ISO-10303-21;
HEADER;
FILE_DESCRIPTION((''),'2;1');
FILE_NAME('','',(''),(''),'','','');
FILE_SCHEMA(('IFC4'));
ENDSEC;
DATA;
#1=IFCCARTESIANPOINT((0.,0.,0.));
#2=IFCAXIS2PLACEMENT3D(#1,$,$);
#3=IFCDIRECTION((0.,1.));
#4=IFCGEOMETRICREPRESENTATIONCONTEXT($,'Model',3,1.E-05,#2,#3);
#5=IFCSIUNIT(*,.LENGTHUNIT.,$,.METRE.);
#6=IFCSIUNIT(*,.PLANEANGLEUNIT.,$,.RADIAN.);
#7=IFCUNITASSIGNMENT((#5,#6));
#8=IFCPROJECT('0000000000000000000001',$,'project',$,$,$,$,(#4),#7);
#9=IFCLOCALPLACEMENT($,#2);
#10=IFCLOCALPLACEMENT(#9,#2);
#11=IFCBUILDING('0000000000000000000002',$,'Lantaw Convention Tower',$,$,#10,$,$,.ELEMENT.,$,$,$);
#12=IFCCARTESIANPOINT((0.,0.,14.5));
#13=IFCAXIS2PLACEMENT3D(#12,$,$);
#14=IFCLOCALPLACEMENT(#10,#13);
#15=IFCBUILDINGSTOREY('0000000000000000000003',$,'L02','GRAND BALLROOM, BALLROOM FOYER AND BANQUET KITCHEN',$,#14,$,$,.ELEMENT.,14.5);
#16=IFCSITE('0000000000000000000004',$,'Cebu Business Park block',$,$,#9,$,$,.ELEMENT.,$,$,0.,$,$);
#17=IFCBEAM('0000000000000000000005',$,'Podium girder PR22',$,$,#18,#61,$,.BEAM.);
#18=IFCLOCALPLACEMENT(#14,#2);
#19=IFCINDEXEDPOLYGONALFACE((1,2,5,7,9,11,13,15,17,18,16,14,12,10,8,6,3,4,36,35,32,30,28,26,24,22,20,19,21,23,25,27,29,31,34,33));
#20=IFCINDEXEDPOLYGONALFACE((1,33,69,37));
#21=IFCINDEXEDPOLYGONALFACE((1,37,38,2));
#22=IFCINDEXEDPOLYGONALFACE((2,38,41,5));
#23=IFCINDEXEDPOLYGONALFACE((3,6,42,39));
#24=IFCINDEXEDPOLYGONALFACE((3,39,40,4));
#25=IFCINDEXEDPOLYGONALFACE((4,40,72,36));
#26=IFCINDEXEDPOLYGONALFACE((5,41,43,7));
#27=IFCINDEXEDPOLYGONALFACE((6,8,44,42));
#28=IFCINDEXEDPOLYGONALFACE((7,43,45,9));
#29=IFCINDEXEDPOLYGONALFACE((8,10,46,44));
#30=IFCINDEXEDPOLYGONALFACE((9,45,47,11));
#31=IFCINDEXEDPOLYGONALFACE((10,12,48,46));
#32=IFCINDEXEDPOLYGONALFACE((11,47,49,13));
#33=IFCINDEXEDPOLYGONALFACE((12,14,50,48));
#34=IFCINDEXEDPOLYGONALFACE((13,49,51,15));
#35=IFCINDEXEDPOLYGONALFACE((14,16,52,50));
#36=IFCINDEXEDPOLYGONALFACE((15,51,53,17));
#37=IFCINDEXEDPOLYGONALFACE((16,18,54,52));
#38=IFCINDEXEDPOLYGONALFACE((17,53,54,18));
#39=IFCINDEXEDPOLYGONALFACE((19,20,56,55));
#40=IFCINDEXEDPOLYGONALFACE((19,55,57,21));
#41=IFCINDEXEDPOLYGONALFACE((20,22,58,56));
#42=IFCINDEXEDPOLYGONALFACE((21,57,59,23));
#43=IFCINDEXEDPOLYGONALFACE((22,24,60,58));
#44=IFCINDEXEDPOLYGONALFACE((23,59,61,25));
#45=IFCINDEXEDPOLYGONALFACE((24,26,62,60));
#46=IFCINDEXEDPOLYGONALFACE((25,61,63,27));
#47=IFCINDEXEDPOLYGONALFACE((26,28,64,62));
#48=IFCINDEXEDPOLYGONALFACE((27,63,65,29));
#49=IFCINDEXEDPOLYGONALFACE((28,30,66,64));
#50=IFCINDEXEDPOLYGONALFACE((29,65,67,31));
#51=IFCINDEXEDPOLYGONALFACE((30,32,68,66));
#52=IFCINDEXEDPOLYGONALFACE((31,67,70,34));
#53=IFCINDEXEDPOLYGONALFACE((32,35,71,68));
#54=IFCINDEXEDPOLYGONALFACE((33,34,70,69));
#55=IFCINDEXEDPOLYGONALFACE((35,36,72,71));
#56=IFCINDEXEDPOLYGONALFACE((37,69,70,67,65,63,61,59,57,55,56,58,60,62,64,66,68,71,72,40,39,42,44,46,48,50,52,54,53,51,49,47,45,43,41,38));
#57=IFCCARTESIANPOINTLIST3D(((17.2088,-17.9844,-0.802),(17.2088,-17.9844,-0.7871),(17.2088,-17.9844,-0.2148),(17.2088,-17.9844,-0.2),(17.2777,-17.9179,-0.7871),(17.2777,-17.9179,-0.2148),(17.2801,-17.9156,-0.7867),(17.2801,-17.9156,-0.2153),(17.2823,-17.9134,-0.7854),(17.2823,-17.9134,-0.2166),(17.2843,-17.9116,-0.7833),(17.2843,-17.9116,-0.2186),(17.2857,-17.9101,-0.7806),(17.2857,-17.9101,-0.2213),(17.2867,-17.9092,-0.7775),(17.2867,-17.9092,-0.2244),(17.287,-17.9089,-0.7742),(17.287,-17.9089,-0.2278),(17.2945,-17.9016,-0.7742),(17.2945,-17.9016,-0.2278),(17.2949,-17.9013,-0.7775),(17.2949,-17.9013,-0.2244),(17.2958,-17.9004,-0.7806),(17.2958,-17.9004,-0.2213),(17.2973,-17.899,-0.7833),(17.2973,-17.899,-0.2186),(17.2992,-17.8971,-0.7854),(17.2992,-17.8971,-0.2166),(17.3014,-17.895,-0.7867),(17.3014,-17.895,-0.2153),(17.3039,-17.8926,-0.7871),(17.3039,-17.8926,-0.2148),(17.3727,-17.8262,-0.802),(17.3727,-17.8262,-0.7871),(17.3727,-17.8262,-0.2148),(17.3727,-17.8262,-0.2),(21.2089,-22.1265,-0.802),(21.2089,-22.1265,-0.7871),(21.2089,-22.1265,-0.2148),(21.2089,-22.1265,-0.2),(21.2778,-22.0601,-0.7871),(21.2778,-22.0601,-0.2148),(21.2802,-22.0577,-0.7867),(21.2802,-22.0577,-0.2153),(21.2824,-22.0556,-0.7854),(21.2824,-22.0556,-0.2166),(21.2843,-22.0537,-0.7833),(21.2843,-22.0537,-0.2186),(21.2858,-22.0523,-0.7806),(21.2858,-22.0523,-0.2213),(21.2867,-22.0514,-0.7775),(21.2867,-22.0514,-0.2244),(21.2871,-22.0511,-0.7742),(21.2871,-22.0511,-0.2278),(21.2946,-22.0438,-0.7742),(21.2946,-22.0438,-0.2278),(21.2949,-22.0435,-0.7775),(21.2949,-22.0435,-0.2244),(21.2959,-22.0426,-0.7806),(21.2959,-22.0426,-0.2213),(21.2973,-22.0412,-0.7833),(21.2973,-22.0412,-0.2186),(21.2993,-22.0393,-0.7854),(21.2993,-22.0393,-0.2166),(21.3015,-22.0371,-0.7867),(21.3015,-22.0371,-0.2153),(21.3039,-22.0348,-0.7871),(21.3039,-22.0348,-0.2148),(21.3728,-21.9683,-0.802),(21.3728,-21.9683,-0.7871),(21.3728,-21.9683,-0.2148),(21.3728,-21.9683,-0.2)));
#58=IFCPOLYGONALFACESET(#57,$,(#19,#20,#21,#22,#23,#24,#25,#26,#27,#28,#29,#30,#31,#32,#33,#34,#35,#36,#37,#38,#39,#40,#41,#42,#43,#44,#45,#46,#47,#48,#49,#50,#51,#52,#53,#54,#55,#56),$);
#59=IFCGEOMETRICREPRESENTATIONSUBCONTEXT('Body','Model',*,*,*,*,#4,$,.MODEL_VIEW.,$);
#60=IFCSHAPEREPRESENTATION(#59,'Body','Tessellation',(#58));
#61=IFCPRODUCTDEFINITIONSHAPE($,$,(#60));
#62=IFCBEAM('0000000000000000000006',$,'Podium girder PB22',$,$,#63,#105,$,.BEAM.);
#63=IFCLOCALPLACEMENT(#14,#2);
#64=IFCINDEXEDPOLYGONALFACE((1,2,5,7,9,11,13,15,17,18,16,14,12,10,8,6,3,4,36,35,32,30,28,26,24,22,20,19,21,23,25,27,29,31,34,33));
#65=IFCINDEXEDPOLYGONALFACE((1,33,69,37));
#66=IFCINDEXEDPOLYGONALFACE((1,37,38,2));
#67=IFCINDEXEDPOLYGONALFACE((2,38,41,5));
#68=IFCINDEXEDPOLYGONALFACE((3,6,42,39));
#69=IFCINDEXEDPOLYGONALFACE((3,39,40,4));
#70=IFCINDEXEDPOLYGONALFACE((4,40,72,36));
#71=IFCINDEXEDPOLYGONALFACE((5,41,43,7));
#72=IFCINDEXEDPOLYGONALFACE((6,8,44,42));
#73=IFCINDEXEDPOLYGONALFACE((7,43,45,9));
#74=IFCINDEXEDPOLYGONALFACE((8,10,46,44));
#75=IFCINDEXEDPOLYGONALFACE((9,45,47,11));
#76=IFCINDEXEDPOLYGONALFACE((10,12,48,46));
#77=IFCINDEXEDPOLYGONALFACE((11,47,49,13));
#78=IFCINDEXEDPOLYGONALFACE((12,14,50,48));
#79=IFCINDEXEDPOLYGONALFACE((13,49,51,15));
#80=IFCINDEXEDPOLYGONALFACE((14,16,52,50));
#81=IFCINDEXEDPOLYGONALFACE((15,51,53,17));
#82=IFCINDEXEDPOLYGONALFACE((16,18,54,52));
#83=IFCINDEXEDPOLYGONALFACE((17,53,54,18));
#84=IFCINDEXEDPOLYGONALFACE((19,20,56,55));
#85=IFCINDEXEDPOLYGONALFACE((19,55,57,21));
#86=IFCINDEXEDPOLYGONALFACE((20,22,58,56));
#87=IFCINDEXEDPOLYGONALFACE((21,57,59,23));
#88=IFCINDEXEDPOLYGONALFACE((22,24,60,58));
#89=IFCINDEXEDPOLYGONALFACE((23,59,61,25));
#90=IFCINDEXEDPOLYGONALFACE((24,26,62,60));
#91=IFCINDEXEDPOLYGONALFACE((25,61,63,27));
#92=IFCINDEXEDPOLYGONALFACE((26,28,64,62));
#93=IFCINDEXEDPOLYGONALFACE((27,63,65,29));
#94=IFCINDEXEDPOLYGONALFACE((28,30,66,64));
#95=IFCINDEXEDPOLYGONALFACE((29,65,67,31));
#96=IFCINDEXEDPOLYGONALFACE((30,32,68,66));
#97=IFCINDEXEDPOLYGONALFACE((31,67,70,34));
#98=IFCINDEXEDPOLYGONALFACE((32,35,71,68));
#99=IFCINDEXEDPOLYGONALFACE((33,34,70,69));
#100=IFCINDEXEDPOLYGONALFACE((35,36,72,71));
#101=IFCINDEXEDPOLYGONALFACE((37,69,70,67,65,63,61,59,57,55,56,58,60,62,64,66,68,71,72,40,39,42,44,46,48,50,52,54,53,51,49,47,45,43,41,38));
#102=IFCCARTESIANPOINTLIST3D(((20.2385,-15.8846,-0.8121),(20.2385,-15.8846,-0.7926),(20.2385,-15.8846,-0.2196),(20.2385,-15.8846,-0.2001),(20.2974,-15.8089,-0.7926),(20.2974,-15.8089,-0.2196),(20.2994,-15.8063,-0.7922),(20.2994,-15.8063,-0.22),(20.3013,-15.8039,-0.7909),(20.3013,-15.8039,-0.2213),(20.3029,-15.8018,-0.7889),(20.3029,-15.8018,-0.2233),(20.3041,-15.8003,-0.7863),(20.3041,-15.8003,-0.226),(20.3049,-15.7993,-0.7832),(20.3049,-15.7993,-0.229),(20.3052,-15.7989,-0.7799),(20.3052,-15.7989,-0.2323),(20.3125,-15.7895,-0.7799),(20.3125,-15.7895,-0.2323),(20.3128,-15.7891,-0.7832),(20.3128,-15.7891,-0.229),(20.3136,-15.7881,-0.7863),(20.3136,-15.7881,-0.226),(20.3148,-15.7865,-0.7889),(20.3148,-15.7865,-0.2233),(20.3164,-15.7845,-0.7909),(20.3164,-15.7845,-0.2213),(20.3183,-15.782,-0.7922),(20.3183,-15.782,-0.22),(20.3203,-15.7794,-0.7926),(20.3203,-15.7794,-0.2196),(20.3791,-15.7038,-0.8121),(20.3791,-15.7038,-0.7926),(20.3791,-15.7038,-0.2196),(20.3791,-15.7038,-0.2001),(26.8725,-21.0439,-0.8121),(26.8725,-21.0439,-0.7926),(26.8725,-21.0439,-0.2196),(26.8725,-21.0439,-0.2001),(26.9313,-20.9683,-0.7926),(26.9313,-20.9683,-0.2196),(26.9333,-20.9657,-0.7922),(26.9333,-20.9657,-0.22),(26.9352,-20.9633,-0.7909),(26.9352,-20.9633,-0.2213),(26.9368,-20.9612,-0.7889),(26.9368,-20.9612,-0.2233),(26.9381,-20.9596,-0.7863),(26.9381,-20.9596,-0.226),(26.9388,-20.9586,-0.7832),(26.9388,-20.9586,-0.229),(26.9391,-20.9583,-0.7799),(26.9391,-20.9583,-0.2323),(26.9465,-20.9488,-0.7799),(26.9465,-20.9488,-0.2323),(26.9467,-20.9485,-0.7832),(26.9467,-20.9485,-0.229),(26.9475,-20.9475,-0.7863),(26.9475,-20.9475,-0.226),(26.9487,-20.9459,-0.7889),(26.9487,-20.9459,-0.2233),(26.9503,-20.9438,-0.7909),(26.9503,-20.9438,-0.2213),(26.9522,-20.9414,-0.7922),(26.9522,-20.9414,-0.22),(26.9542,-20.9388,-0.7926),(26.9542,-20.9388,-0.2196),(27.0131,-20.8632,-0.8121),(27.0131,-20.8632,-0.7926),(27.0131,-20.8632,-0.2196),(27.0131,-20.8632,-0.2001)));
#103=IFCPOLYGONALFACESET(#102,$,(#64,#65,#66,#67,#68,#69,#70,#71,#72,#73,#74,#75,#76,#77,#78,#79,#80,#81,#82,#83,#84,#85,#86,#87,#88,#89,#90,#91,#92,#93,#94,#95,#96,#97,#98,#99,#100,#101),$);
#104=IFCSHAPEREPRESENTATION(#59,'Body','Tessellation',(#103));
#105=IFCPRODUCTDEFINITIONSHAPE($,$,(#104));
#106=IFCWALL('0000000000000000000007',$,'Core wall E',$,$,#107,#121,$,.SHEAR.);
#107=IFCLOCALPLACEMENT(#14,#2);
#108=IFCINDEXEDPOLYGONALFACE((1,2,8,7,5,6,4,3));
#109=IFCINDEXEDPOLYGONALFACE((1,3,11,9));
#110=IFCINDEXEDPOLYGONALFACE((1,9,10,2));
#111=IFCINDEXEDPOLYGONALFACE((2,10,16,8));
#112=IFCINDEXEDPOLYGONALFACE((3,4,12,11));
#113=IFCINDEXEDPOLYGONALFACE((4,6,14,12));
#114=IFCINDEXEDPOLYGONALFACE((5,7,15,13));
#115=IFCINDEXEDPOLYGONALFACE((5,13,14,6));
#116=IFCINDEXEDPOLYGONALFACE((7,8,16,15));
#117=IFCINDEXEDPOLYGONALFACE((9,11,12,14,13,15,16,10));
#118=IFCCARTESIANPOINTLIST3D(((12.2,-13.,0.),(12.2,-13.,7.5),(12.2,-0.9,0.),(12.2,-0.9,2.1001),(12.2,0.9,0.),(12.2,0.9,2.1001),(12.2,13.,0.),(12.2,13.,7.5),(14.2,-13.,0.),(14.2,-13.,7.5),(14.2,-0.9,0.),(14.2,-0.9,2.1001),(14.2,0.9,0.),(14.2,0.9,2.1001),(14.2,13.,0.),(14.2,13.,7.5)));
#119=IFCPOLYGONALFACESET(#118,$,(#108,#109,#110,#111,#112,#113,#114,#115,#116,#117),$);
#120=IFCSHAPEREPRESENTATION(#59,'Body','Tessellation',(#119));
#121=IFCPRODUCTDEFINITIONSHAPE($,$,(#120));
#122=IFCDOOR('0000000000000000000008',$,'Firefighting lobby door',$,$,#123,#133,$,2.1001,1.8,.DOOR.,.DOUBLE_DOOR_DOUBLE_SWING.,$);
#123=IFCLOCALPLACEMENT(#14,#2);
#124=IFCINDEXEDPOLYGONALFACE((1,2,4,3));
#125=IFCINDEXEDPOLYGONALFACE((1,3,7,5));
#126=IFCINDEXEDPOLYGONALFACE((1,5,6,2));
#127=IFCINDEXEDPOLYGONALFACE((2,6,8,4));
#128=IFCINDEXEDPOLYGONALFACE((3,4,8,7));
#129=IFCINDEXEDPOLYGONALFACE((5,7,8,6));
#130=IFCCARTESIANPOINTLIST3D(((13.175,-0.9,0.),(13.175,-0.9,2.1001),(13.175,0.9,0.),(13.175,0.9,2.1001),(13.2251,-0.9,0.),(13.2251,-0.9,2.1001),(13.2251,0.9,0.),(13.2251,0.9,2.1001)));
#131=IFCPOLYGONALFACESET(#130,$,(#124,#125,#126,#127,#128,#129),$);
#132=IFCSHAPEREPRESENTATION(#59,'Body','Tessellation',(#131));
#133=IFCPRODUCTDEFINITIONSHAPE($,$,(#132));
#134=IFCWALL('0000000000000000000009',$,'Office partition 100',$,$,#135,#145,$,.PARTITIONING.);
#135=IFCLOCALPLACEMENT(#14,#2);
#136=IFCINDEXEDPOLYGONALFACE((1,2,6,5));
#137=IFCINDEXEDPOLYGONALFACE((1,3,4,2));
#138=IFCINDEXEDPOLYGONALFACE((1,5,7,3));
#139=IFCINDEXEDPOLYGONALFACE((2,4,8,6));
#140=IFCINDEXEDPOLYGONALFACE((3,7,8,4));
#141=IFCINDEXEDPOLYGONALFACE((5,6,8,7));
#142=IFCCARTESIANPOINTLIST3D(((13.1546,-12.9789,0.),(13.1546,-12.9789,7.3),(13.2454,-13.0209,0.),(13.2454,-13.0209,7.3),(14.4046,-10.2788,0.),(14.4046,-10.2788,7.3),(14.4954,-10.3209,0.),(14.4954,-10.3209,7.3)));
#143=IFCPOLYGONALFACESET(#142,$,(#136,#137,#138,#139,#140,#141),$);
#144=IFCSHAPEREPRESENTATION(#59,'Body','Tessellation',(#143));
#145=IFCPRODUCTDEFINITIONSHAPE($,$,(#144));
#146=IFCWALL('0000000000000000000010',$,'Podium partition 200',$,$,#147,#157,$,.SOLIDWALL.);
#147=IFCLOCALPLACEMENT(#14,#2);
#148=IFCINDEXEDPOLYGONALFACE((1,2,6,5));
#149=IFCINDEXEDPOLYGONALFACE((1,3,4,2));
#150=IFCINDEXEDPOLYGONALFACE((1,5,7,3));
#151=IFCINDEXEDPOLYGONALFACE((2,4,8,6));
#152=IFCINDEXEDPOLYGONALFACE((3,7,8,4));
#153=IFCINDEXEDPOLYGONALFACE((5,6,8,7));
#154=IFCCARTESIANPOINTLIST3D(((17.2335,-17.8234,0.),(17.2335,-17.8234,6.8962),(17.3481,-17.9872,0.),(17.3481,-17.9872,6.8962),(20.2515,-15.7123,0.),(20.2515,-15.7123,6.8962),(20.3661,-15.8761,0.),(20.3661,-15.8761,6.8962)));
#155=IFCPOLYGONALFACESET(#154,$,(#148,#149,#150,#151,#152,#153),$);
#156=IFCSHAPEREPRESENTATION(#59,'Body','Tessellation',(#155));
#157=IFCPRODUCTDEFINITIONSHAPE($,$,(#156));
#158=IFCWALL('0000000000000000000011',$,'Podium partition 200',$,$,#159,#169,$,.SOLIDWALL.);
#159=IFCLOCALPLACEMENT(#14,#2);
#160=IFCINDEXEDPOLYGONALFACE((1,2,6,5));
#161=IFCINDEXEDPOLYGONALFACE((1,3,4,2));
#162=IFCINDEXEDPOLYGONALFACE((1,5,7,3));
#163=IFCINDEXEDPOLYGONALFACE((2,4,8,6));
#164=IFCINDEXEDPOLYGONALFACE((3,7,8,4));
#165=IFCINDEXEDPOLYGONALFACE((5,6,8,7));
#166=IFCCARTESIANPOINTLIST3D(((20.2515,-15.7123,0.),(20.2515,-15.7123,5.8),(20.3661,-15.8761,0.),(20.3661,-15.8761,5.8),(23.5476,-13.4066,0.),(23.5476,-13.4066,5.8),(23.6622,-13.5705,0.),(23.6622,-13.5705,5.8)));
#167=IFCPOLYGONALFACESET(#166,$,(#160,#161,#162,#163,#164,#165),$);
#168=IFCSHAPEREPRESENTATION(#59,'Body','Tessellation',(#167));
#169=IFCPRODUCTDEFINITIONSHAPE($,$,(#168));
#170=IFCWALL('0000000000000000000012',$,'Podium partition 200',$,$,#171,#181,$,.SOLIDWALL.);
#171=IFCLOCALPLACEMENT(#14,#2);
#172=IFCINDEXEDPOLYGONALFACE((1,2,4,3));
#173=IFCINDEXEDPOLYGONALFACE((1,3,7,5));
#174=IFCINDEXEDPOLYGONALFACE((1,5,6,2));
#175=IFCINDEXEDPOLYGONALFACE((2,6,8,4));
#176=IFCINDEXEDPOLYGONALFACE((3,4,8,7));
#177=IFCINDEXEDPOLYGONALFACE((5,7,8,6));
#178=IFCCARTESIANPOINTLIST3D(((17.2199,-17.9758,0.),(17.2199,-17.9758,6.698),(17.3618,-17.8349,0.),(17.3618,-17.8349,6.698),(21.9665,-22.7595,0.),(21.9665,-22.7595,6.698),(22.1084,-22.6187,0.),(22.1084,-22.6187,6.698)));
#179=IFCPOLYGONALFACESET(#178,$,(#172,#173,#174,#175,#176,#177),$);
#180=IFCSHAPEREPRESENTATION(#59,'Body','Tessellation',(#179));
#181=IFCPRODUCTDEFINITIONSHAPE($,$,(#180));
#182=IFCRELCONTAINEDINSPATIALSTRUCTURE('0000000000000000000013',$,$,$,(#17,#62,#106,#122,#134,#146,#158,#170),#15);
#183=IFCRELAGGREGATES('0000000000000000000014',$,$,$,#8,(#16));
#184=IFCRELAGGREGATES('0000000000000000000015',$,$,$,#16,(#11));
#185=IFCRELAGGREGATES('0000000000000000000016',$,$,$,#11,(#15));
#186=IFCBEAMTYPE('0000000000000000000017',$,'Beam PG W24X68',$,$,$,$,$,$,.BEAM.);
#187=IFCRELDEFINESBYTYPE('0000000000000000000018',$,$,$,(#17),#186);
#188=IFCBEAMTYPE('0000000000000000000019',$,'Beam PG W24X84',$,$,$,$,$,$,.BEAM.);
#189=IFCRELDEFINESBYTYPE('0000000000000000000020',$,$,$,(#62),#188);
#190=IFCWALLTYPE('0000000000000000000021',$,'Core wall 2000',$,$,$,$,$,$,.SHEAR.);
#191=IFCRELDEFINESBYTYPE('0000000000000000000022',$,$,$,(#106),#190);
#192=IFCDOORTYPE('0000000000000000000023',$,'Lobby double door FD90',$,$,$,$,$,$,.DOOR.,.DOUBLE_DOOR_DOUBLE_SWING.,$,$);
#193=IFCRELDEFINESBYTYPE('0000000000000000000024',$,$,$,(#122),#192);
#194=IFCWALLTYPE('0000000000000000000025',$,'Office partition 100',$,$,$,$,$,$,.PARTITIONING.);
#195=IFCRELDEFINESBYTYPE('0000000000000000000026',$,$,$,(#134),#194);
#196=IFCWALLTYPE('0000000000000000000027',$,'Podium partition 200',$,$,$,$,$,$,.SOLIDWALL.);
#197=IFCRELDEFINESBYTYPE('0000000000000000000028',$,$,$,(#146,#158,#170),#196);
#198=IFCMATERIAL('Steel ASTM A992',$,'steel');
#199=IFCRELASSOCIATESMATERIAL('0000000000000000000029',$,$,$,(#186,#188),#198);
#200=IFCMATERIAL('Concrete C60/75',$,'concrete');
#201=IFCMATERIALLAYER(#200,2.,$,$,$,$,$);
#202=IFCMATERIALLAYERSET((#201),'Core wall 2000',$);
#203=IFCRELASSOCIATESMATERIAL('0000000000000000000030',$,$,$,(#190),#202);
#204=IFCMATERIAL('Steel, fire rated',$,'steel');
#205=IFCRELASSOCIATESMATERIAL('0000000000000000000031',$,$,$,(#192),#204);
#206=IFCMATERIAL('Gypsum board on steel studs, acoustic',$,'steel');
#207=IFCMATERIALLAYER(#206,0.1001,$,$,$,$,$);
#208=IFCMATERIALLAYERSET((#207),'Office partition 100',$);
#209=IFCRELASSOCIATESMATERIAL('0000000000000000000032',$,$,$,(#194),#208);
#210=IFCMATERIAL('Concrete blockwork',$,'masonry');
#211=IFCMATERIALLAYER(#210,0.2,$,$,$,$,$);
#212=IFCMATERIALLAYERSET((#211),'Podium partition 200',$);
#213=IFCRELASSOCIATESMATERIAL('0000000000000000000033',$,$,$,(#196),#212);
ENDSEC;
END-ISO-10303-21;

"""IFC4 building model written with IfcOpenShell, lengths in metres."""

from ifc_helpers import new_model, si_unit, direction, frame, frame_2d, origin, origin_2d, place, context, subcontext, project, spatial, rectangle, i_section, extrude, material, layer, layer_set, material_profile, profile_set, type_object, element, fill, save


model = new_model("IFC4")

# Units and contexts
model_context = context("Model", 3, precision=1e-05, world=origin(), true_north=direction((0.0, 1.0)))
body_context = subcontext(model_context, "Body", "Model", "MODEL_VIEW")
ifc_project = project(units=[si_unit("LENGTHUNIT", "METRE"), si_unit("PLANEANGLEUNIT", "RADIAN")], contexts=[model_context])

# Site, building, storey
site_placement = place(None, origin())
site = spatial("IfcSite", under=ifc_project, at=site_placement, Name="Cebu Business Park block", CompositionType="ELEMENT", RefElevation=0.0)
building_placement = place(site_placement, origin())
building = spatial("IfcBuilding", under=site, at=building_placement, Name="Lantaw Convention Tower", CompositionType="ELEMENT")
storey_placement = place(building_placement, frame((0.0, 0.0, 14.5)))
storey = spatial("IfcBuildingStorey", under=building, at=storey_placement, Name="L02", Description="GRAND BALLROOM, BALLROOM FOYER AND BANQUET KITCHEN", CompositionType="ELEMENT", Elevation=14.5)

# Shared definitions
ifc_material_1 = material(Name="Concrete C60/75", Category="concrete")

# Beams
ifc_material_2 = material(Name="Steel ASTM A992", Category="steel")
ifc_material_profile_1 = material_profile(ifc_material_2, i_section(OverallWidth=0.2278, OverallDepth=0.6021, WebThickness=0.0105, FlangeThickness=0.0149, FilletRadius=0.0129, at=origin_2d()), Name="W24X68")
ifc_profile_set_1 = profile_set([ifc_material_profile_1], Name="Steel ASTM A992")
beam_type_1 = type_object("IfcBeamType", Name="Beam PG W24X68", PredefinedType="BEAM", material=ifc_profile_set_1)
beam_1_placement = place(storey_placement, frame((17.2908, -17.9053, -0.501), z_axis=(0.694661, -0.719337, 0.0), x_axis=(0.719337, 0.694661, 0.0)))
element("IfcBeam", 1, at=beam_1_placement, inside=storey, type_object=beam_type_1, Name="Podium girder PR22", PredefinedType="BEAM", context=body_context, shape_type="SweptSolid", body=[
    extrude(i_section(OverallWidth=0.2278, OverallDepth=0.6021, WebThickness=0.0105, FlangeThickness=0.0149, FilletRadius=0.0129, at=origin_2d()), origin(), (0.0, 0.0, 1.0), 5.7583),
])
ifc_material_profile_2 = material_profile(ifc_material_2, i_section(OverallWidth=0.229, OverallDepth=0.6121, WebThickness=0.012, FlangeThickness=0.0195, FilletRadius=0.0127, at=origin_2d()), Name="W24X84")
ifc_profile_set_2 = profile_set([ifc_material_profile_2], Name="Steel ASTM A992")
beam_type_2 = type_object("IfcBeamType", Name="Beam PG W24X84", PredefinedType="BEAM", material=ifc_profile_set_2)
beam_2_placement = place(storey_placement, frame((20.3088, -15.7942, -0.5061), z_axis=(0.789374, -0.613912, 0.0), x_axis=(0.613912, 0.789374, 0.0)))
element("IfcBeam", 2, at=beam_2_placement, inside=storey, type_object=beam_type_2, Name="Podium girder PB22", PredefinedType="BEAM", context=body_context, shape_type="SweptSolid", body=[
    extrude(i_section(OverallWidth=0.229, OverallDepth=0.6121, WebThickness=0.012, FlangeThickness=0.0195, FilletRadius=0.0127, at=origin_2d()), origin(), (0.0, 0.0, 1.0), 8.4041),
])

# Wall, opening, door
ifc_layer_1 = layer(ifc_material_1, 2.0)
ifc_layer_set_1 = layer_set([ifc_layer_1], Name="Core wall 2000")
wall_type_1 = type_object("IfcWallType", Name="Core wall 2000", PredefinedType="SHEAR", material=ifc_layer_set_1)
wall_1_placement = place(storey_placement, frame((13.2, -13.0, 0.0), z_axis=(0.0, 0.0, 1.0), x_axis=(0.0, 1.0, 0.0)))
wall_1 = element("IfcWall", 3, at=wall_1_placement, inside=storey, type_object=wall_type_1, Name="Core wall E", PredefinedType="SHEAR", context=body_context, shape_type="SweptSolid", body=[
    extrude(rectangle(XDim=26.0, YDim=2.0, at=frame_2d((13.0, 0.0))), origin(), (0.0, 0.0, 1.0), 7.5),
])
opening_placement = place(wall_1_placement, frame((12.1001, 0.0, 0.0)))
opening = element("IfcOpeningElement", 4, at=opening_placement, cuts=wall_1, PredefinedType="OPENING", context=body_context, shape_type="SweptSolid", body=[
    extrude(rectangle(XDim=1.8, YDim=2.1001, at=frame_2d((0.8999, 1.05))), frame((0.0, 1.01, 0.0), z_axis=(0.0, -1.0, 0.0), x_axis=(1.0, 0.0, 0.0)), (0.0, 0.0, 1.0), 2.02),
])
ifc_material_3 = material(Name="Steel, fire rated", Category="steel")
door_type = type_object("IfcDoorType", Name="Lobby double door FD90", OperationType="DOUBLE_DOOR_DOUBLE_SWING", PredefinedType="DOOR", material=ifc_material_3)
door_placement = place(opening_placement, origin())
door = element("IfcDoor", 5, at=door_placement, inside=storey, type_object=door_type, Name="Firefighting lobby door", OperationType="DOUBLE_DOOR_DOUBLE_SWING", OverallHeight=2.1001, OverallWidth=1.8, PredefinedType="DOOR", context=body_context, shape_type="SweptSolid", body=[
    extrude(rectangle(XDim=1.8, YDim=2.1001, at=frame_2d((0.8999, 1.05))), frame((0.0, 0.0249, 0.0), z_axis=(0.0, -1.0, 0.0), x_axis=(1.0, 0.0, 0.0)), (0.0, 0.0, 1.0), 0.05),
])
fill(opening, door)

# Walls
ifc_material_4 = material(Name="Gypsum board on steel studs, acoustic", Category="steel")
ifc_layer_2 = layer(ifc_material_4, 0.1001)
ifc_layer_set_2 = layer_set([ifc_layer_2], Name="Office partition 100")
wall_type_2 = type_object("IfcWallType", Name="Office partition 100", PredefinedType="PARTITIONING", material=ifc_layer_set_2)
wall_2_placement = place(storey_placement, frame((13.2, -13.0, 0.0), z_axis=(0.0, 0.0, 1.0), x_axis=(0.42013, 0.907464, 0.0)))
element("IfcWall", 6, at=wall_2_placement, inside=storey, type_object=wall_type_2, Name="Office partition 100", PredefinedType="PARTITIONING", context=body_context, shape_type="SweptSolid", body=[
    extrude(rectangle(XDim=2.9753, YDim=0.1001, at=frame_2d((1.4878, 0.0))), origin(), (0.0, 0.0, 1.0), 7.3),
])
ifc_material_5 = material(Name="Concrete blockwork", Category="masonry")
ifc_layer_3 = layer(ifc_material_5, 0.2)
ifc_layer_set_3 = layer_set([ifc_layer_3], Name="Podium partition 200")
wall_type_3 = type_object("IfcWallType", Name="Podium partition 200", PredefinedType="SOLIDWALL", material=ifc_layer_set_3)
wall_3_placement = place(storey_placement, frame((17.2908, -17.9053, 0.0), z_axis=(0.0, 0.0, 1.0), x_axis=(0.819431, 0.573178, 0.0)))
element("IfcWall", 7, at=wall_3_placement, inside=storey, type_object=wall_type_3, Name="Podium partition 200", PredefinedType="SOLIDWALL", context=body_context, shape_type="SweptSolid", body=[
    extrude(rectangle(XDim=3.6831, YDim=0.2, at=frame_2d((1.8416, 0.0))), origin(), (0.0, 0.0, 1.0), 6.8962),
])
wall_4_placement = place(storey_placement, frame((20.3088, -15.7942, 0.0), z_axis=(0.0, 0.0, 1.0), x_axis=(0.819423, 0.573189, 0.0)))
element("IfcWall", 8, at=wall_4_placement, inside=storey, type_object=wall_type_3, Name="Podium partition 200", PredefinedType="SOLIDWALL", context=body_context, shape_type="SweptSolid", body=[
    extrude(rectangle(XDim=4.0225, YDim=0.2, at=frame_2d((2.0112, 0.0))), origin(), (0.0, 0.0, 1.0), 5.8),
])
wall_5_placement = place(storey_placement, frame((17.2908, -17.9053, 0.0), z_axis=(0.0, 0.0, 1.0), x_axis=(0.704348, -0.709855, 0.0)))
element("IfcWall", 9, at=wall_5_placement, inside=storey, type_object=wall_type_3, Name="Podium partition 200", PredefinedType="SOLIDWALL", context=body_context, shape_type="SweptSolid", body=[
    extrude(rectangle(XDim=6.739, YDim=0.2, at=frame_2d((3.3696, 0.0))), origin(), (0.0, 0.0, 1.0), 6.698),
])

save(model, "model.ifc")
